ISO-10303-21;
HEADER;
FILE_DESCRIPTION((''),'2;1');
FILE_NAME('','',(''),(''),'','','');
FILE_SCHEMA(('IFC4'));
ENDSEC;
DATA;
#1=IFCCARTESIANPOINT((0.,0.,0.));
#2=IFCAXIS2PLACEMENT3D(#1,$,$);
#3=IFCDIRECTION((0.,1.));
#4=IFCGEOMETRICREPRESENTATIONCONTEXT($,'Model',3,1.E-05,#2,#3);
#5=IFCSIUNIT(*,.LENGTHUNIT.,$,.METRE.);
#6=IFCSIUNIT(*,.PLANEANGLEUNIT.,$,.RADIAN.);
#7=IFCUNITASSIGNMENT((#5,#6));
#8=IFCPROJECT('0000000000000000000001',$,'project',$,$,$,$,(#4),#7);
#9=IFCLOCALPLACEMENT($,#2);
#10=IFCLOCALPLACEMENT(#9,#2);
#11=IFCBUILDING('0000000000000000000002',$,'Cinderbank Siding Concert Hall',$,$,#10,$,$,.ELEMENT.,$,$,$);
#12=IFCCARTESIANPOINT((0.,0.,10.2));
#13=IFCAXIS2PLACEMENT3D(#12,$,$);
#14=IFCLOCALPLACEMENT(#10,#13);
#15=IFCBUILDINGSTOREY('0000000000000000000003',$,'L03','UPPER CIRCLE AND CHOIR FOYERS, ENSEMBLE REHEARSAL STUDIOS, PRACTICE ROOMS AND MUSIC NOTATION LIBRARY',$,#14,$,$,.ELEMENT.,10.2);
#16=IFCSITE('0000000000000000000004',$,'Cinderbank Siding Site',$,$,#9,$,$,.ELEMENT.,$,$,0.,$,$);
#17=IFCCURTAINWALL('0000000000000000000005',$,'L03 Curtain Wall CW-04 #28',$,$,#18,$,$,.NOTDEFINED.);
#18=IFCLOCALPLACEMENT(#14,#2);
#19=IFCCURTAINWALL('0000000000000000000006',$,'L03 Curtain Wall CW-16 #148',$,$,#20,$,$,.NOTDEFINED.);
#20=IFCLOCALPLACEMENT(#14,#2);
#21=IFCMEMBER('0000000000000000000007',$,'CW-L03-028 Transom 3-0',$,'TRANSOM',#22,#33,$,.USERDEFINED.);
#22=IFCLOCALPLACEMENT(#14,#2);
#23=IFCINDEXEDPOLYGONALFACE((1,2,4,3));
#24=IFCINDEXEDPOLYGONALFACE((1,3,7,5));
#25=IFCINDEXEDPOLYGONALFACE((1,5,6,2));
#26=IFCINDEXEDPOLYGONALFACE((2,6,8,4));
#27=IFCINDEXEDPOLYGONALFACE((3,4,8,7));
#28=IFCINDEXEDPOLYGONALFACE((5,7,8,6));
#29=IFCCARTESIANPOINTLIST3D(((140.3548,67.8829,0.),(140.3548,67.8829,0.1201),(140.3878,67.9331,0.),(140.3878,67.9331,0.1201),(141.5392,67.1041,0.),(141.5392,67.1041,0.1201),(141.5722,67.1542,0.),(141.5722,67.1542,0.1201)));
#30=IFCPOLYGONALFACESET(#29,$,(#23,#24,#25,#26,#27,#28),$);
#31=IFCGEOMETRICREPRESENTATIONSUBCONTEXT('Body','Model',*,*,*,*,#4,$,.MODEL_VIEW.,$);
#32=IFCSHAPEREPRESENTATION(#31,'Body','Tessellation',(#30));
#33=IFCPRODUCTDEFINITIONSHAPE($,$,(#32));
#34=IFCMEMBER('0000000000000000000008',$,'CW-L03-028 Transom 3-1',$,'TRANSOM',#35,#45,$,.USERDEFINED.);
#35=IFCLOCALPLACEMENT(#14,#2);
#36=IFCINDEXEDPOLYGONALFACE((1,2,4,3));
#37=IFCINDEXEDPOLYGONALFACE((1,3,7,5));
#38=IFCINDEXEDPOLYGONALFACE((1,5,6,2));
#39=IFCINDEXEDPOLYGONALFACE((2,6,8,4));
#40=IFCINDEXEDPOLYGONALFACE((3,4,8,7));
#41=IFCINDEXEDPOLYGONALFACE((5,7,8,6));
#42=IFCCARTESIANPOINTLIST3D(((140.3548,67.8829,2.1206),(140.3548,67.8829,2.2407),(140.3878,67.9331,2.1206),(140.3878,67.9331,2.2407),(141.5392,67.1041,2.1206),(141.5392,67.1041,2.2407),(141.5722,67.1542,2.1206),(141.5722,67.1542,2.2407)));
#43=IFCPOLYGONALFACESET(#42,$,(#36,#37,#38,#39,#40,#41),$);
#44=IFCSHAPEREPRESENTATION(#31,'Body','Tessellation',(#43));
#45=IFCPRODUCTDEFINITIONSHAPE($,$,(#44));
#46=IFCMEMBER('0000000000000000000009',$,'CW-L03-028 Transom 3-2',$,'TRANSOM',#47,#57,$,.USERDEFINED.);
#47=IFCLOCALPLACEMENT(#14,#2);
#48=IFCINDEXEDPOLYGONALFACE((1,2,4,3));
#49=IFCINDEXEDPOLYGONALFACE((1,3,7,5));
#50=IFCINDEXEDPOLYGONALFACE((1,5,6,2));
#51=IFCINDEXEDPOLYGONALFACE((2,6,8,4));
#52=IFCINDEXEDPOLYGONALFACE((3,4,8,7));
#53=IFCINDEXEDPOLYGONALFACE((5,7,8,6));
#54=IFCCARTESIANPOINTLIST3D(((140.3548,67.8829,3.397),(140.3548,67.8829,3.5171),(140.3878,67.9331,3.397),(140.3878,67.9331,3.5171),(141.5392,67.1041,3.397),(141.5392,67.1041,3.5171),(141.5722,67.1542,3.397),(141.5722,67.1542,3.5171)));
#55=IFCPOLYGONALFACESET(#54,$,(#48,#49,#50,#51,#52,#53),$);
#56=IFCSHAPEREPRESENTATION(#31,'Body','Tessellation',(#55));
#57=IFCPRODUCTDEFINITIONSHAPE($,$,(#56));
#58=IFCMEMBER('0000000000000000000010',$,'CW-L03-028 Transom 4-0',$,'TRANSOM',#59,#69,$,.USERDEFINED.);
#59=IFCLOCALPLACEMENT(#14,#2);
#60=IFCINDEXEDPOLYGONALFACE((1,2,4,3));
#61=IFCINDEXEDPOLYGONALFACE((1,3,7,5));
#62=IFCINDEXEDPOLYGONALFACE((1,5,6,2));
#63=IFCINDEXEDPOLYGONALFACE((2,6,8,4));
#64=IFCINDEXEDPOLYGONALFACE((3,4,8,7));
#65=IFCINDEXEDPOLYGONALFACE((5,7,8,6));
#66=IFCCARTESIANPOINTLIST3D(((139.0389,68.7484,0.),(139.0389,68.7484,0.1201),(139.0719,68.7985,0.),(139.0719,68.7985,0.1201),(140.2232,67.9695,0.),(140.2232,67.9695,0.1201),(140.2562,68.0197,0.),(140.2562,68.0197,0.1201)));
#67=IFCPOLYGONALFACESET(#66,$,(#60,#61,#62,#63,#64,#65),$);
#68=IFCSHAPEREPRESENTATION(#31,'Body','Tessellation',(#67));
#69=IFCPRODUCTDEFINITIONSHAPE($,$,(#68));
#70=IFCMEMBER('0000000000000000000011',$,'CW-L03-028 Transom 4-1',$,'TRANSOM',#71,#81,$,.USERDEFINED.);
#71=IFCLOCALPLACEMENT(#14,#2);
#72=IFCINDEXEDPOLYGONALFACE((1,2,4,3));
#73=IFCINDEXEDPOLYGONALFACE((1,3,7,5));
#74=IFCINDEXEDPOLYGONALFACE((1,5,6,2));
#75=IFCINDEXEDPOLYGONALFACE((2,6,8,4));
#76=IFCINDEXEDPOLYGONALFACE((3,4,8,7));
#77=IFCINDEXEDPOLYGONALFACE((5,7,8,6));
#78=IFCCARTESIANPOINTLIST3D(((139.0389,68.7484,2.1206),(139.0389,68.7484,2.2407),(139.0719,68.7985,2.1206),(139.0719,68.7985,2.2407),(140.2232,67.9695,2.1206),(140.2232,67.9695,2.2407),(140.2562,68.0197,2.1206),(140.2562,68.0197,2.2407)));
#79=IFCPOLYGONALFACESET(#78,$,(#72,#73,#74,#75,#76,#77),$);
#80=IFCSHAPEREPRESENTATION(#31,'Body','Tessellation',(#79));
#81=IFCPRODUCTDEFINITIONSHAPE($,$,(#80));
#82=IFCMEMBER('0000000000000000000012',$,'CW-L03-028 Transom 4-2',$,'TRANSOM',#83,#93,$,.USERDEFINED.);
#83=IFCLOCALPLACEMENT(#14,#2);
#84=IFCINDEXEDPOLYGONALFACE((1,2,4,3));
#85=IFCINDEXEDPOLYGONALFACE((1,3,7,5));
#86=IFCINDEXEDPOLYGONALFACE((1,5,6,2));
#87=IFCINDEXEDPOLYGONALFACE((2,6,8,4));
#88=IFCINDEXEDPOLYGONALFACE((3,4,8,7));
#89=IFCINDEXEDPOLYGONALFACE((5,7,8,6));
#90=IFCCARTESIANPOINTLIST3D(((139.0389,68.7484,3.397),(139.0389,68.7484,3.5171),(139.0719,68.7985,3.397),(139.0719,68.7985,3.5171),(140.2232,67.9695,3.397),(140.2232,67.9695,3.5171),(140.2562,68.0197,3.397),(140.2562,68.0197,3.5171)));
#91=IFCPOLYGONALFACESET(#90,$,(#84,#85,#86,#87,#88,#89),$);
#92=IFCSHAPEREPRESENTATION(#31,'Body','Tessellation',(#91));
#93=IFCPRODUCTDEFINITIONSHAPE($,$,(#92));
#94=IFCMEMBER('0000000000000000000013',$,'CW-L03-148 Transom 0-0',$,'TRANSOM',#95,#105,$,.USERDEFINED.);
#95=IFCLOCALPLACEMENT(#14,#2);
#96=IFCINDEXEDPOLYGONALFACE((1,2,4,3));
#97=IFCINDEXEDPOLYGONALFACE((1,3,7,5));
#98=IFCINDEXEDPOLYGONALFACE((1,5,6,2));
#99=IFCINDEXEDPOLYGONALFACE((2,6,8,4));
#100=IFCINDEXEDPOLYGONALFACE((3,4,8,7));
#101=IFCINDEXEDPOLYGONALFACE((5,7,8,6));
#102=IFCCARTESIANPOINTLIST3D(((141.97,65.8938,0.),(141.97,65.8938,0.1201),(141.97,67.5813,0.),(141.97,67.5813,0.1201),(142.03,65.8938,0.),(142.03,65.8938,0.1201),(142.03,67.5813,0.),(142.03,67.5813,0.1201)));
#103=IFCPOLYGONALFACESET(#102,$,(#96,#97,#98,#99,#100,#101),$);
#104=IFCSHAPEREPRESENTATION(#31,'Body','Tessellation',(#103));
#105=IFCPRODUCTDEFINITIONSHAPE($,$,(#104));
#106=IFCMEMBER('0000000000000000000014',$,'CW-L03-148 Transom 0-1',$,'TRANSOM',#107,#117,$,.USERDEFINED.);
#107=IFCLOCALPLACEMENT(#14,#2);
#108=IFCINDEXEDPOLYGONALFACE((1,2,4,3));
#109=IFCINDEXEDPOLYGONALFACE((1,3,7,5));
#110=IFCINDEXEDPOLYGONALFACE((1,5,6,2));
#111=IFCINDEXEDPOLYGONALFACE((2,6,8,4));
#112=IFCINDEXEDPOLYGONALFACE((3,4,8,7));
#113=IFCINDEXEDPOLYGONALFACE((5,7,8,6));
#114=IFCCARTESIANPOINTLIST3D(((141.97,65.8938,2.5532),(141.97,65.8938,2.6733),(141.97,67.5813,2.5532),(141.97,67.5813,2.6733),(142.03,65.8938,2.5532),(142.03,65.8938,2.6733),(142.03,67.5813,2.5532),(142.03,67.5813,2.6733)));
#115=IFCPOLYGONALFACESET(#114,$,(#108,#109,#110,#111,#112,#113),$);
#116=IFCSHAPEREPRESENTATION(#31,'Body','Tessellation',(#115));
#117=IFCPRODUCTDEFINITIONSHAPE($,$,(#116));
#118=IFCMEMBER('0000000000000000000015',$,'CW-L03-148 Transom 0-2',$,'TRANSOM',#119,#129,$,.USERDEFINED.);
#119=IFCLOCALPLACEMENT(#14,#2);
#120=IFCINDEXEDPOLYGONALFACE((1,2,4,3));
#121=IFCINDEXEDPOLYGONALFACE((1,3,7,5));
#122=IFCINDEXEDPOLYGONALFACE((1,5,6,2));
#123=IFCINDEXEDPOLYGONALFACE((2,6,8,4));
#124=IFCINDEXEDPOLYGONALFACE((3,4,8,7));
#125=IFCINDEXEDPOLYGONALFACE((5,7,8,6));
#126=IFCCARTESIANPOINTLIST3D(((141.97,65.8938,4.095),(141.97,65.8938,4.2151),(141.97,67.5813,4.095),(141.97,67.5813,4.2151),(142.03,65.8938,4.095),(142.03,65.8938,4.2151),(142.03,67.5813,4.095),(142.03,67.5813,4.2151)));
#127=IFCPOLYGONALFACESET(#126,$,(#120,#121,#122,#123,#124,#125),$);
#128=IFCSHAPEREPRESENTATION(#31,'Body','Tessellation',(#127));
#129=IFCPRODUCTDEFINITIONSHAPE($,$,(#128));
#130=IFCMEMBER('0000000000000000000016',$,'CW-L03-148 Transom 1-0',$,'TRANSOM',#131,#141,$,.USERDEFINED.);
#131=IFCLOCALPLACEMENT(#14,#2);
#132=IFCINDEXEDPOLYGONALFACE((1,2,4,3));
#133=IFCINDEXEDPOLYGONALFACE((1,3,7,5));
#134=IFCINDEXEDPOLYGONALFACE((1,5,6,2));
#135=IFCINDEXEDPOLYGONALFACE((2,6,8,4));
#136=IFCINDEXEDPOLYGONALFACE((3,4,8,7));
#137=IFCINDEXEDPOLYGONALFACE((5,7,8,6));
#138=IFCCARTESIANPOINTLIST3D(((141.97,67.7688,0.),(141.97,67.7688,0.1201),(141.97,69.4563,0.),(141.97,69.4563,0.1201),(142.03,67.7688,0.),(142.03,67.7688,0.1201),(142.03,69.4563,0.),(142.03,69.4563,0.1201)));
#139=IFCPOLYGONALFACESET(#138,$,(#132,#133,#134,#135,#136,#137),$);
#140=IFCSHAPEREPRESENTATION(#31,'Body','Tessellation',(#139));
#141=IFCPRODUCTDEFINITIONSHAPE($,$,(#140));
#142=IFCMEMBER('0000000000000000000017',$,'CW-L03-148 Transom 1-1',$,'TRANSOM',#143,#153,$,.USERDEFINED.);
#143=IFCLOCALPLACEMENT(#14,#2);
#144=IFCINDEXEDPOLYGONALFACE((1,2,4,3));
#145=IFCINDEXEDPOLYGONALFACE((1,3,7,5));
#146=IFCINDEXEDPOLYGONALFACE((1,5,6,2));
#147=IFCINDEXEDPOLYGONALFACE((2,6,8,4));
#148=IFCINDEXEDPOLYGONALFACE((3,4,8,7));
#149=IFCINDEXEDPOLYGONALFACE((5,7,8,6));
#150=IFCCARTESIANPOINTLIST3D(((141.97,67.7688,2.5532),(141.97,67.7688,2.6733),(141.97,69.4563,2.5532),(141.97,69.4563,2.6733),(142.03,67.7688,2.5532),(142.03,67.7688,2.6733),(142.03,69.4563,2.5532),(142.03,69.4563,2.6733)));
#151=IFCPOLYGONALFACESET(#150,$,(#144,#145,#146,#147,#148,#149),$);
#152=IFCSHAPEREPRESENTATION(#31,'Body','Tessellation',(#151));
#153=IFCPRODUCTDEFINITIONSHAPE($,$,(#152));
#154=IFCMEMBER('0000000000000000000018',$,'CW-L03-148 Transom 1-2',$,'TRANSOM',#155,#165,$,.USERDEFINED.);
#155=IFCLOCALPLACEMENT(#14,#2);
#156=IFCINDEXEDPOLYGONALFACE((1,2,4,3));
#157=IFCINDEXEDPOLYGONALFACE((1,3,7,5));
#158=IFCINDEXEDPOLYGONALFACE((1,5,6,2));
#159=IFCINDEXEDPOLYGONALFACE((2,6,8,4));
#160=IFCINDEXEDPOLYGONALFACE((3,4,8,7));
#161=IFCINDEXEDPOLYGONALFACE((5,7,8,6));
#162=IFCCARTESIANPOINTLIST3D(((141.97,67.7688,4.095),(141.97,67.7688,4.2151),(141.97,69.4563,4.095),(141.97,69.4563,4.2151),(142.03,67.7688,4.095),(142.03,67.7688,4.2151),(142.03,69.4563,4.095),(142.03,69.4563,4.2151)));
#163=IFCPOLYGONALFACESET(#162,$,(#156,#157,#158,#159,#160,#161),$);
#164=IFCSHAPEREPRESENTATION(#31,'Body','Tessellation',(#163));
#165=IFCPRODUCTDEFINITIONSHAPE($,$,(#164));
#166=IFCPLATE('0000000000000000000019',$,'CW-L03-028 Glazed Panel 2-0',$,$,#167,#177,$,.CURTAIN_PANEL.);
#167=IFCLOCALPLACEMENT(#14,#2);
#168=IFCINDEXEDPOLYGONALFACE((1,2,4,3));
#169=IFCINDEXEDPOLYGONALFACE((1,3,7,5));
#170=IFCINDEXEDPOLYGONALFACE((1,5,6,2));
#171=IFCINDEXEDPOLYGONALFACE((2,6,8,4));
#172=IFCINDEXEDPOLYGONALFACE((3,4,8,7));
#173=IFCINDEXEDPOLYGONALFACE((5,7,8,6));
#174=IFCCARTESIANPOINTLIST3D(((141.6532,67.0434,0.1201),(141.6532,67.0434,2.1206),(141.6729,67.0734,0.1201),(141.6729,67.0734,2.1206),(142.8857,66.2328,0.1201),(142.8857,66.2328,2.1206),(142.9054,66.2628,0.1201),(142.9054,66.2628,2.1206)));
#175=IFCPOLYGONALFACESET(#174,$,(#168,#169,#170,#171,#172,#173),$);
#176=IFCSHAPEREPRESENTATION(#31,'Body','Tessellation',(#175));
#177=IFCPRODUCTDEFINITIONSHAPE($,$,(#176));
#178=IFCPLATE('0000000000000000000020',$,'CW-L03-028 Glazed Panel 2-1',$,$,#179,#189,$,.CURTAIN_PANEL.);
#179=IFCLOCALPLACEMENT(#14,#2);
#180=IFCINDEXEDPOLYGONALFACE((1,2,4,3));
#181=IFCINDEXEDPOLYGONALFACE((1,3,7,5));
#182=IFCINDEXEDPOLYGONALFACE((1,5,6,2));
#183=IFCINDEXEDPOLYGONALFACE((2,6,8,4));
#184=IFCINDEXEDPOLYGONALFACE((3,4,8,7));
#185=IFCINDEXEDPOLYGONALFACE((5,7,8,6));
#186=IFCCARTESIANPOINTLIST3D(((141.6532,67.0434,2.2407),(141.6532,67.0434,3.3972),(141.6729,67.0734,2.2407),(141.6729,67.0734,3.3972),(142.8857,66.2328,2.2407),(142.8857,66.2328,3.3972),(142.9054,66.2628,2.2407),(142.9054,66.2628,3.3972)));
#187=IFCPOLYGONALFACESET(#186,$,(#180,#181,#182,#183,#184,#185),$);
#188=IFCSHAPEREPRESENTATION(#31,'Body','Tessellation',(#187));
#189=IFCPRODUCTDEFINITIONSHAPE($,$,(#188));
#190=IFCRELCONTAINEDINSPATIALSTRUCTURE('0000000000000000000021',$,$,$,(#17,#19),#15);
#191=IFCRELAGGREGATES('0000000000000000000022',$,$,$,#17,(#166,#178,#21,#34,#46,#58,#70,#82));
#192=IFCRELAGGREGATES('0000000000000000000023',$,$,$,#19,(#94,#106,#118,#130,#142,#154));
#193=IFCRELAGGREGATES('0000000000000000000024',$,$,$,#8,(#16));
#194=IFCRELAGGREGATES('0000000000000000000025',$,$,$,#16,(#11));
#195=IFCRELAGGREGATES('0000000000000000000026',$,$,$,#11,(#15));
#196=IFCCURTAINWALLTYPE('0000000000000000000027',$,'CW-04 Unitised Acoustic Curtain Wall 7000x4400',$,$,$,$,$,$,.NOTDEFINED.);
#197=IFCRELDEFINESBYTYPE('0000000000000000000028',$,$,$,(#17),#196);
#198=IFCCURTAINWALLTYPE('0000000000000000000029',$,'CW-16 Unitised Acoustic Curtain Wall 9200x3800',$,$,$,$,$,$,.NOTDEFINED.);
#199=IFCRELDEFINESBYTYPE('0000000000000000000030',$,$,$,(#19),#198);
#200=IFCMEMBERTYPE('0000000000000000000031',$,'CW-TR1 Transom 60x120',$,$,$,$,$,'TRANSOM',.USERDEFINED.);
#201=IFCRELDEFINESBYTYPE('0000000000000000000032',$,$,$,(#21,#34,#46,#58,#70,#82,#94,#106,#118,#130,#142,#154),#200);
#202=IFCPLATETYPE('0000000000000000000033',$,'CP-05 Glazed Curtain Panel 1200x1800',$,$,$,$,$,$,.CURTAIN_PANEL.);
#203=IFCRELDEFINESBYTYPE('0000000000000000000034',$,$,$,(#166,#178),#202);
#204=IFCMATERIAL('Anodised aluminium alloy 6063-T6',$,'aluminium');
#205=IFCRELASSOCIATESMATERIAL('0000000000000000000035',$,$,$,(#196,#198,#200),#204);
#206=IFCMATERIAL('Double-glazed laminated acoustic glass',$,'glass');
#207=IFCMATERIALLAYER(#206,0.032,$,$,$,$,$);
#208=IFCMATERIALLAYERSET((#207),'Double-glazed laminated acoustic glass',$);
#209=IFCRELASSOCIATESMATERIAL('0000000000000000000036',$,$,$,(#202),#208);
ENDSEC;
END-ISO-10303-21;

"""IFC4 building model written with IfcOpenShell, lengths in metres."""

from ifc_helpers import new_model, si_unit, direction, frame, origin, origin_2d, place, context, subcontext, project, spatial, rectangle, extrude, material, layer, layer_set, material_profile, profile_set, type_object, element, aggregate, save


model = new_model("IFC4")

# Units and contexts
model_context = context("Model", 3, precision=1e-05, world=origin(), true_north=direction((0.0, 1.0)))
body_context = subcontext(model_context, "Body", "Model", "MODEL_VIEW")
ifc_project = project(units=[si_unit("LENGTHUNIT", "METRE"), si_unit("PLANEANGLEUNIT", "RADIAN")], contexts=[model_context])

# Site, building, storey
site_placement = place(None, origin())
site = spatial("IfcSite", under=ifc_project, at=site_placement, Name="Cinderbank Siding Site", CompositionType="ELEMENT", RefElevation=0.0)
building_placement = place(site_placement, origin())
building = spatial("IfcBuilding", under=site, at=building_placement, Name="Cinderbank Siding Concert Hall", CompositionType="ELEMENT")
storey_placement = place(building_placement, frame((0.0, 0.0, 10.2)))
storey = spatial("IfcBuildingStorey", under=building, at=storey_placement, Name="L03", Description="UPPER CIRCLE AND CHOIR FOYERS, ENSEMBLE REHEARSAL STUDIOS, PRACTICE ROOMS AND MUSIC NOTATION LIBRARY", CompositionType="ELEMENT", Elevation=10.2)

# Curtain walls
ifc_material_1 = material(Name="Anodised aluminium alloy 6063-T6", Category="aluminium")
curtain_wall_type_1 = type_object("IfcCurtainWallType", Name="CW-04 Unitised Acoustic Curtain Wall 7000x4400", PredefinedType="NOTDEFINED", material=ifc_material_1)
curtain_wall_1_placement = place(storey_placement, origin())
curtain_wall_1 = element("IfcCurtainWall", 1, at=curtain_wall_1_placement, inside=storey, type_object=curtain_wall_type_1, Name="L03 Curtain Wall CW-04 #28", PredefinedType="NOTDEFINED")
curtain_wall_type_2 = type_object("IfcCurtainWallType", Name="CW-16 Unitised Acoustic Curtain Wall 9200x3800", PredefinedType="NOTDEFINED", material=ifc_material_1)
curtain_wall_2_placement = place(storey_placement, origin())
curtain_wall_2 = element("IfcCurtainWall", 2, at=curtain_wall_2_placement, inside=storey, type_object=curtain_wall_type_2, Name="L03 Curtain Wall CW-16 #148", PredefinedType="NOTDEFINED")

# Members
ifc_material_profile_1 = material_profile(ifc_material_1, rectangle(XDim=0.0601, YDim=0.1201, at=origin_2d()), Name="ALU-TRAN-60x120", Category="LoadBearing")
ifc_profile_set_1 = profile_set([ifc_material_profile_1], Name="Anodised aluminium alloy 6063-T6")
member_type_1 = type_object("IfcMemberType", Name="CW-TR1 Transom 60x120", ElementType="TRANSOM", PredefinedType="USERDEFINED", material=ifc_profile_set_1)
member_1_placement = place(storey_placement, frame((141.5557, 67.1292, 0.0601), z_axis=(-0.835532, 0.549443, 0.0), x_axis=(-0.549443, -0.835532, 0.0)))
member_1 = element("IfcMember", 3, at=member_1_placement, type_object=member_type_1, Name="CW-L03-028 Transom 3-0", ObjectType="TRANSOM", PredefinedType="USERDEFINED", context=body_context, shape_type="SweptSolid", body=[
    extrude(rectangle(XDim=0.0601, YDim=0.1201, at=origin_2d()), origin(), (0.0, 0.0, 1.0), 1.4175),
])
member_2_placement = place(storey_placement, frame((141.5557, 67.1292, 2.1807), z_axis=(-0.835532, 0.549443, 0.0), x_axis=(-0.549443, -0.835532, 0.0)))
member_2 = element("IfcMember", 4, at=member_2_placement, type_object=member_type_1, Name="CW-L03-028 Transom 3-1", ObjectType="TRANSOM", PredefinedType="USERDEFINED", context=body_context, shape_type="SweptSolid", body=[
    extrude(rectangle(XDim=0.0601, YDim=0.1201, at=origin_2d()), origin(), (0.0, 0.0, 1.0), 1.4175),
])
member_3_placement = place(storey_placement, frame((141.5557, 67.1292, 3.457), z_axis=(-0.835532, 0.549443, 0.0), x_axis=(-0.549443, -0.835532, 0.0)))
member_3 = element("IfcMember", 5, at=member_3_placement, type_object=member_type_1, Name="CW-L03-028 Transom 3-2", ObjectType="TRANSOM", PredefinedType="USERDEFINED", context=body_context, shape_type="SweptSolid", body=[
    extrude(rectangle(XDim=0.0601, YDim=0.1201, at=origin_2d()), origin(), (0.0, 0.0, 1.0), 1.4175),
])
member_4_placement = place(storey_placement, frame((140.2397, 67.9946, 0.0601), z_axis=(-0.835532, 0.549443, 0.0), x_axis=(-0.549443, -0.835532, 0.0)))
member_4 = element("IfcMember", 6, at=member_4_placement, type_object=member_type_1, Name="CW-L03-028 Transom 4-0", ObjectType="TRANSOM", PredefinedType="USERDEFINED", context=body_context, shape_type="SweptSolid", body=[
    extrude(rectangle(XDim=0.0601, YDim=0.1201, at=origin_2d()), origin(), (0.0, 0.0, 1.0), 1.4175),
])
member_5_placement = place(storey_placement, frame((140.2397, 67.9946, 2.1807), z_axis=(-0.835532, 0.549443, 0.0), x_axis=(-0.549443, -0.835532, 0.0)))
member_5 = element("IfcMember", 7, at=member_5_placement, type_object=member_type_1, Name="CW-L03-028 Transom 4-1", ObjectType="TRANSOM", PredefinedType="USERDEFINED", context=body_context, shape_type="SweptSolid", body=[
    extrude(rectangle(XDim=0.0601, YDim=0.1201, at=origin_2d()), origin(), (0.0, 0.0, 1.0), 1.4175),
])
member_6_placement = place(storey_placement, frame((140.2397, 67.9946, 3.457), z_axis=(-0.835532, 0.549443, 0.0), x_axis=(-0.549443, -0.835532, 0.0)))
member_6 = element("IfcMember", 8, at=member_6_placement, type_object=member_type_1, Name="CW-L03-028 Transom 4-2", ObjectType="TRANSOM", PredefinedType="USERDEFINED", context=body_context, shape_type="SweptSolid", body=[
    extrude(rectangle(XDim=0.0601, YDim=0.1201, at=origin_2d()), origin(), (0.0, 0.0, 1.0), 1.4175),
])
member_7_placement = place(storey_placement, frame((142.0, 65.8938, 0.0601), z_axis=(0.0, 1.0, 0.0), x_axis=(-1.0, 0.0, 0.0)))
member_7 = element("IfcMember", 9, at=member_7_placement, type_object=member_type_1, Name="CW-L03-148 Transom 0-0", ObjectType="TRANSOM", PredefinedType="USERDEFINED", context=body_context, shape_type="SweptSolid", body=[
    extrude(rectangle(XDim=0.0601, YDim=0.1201, at=origin_2d()), origin(), (0.0, 0.0, 1.0), 1.6875),
])
member_8_placement = place(storey_placement, frame((142.0, 65.8938, 2.6133), z_axis=(0.0, 1.0, 0.0), x_axis=(-1.0, 0.0, 0.0)))
member_8 = element("IfcMember", 10, at=member_8_placement, type_object=member_type_1, Name="CW-L03-148 Transom 0-1", ObjectType="TRANSOM", PredefinedType="USERDEFINED", context=body_context, shape_type="SweptSolid", body=[
    extrude(rectangle(XDim=0.0601, YDim=0.1201, at=origin_2d()), origin(), (0.0, 0.0, 1.0), 1.6875),
])
member_9_placement = place(storey_placement, frame((142.0, 65.8938, 4.155), z_axis=(0.0, 1.0, 0.0), x_axis=(-1.0, 0.0, 0.0)))
member_9 = element("IfcMember", 11, at=member_9_placement, type_object=member_type_1, Name="CW-L03-148 Transom 0-2", ObjectType="TRANSOM", PredefinedType="USERDEFINED", context=body_context, shape_type="SweptSolid", body=[
    extrude(rectangle(XDim=0.0601, YDim=0.1201, at=origin_2d()), origin(), (0.0, 0.0, 1.0), 1.6875),
])
member_10_placement = place(storey_placement, frame((142.0, 67.7688, 0.0601), z_axis=(0.0, 1.0, 0.0), x_axis=(-1.0, 0.0, 0.0)))
member_10 = element("IfcMember", 12, at=member_10_placement, type_object=member_type_1, Name="CW-L03-148 Transom 1-0", ObjectType="TRANSOM", PredefinedType="USERDEFINED", context=body_context, shape_type="SweptSolid", body=[
    extrude(rectangle(XDim=0.0601, YDim=0.1201, at=origin_2d()), origin(), (0.0, 0.0, 1.0), 1.6875),
])
member_11_placement = place(storey_placement, frame((142.0, 67.7688, 2.6133), z_axis=(0.0, 1.0, 0.0), x_axis=(-1.0, 0.0, 0.0)))
member_11 = element("IfcMember", 13, at=member_11_placement, type_object=member_type_1, Name="CW-L03-148 Transom 1-1", ObjectType="TRANSOM", PredefinedType="USERDEFINED", context=body_context, shape_type="SweptSolid", body=[
    extrude(rectangle(XDim=0.0601, YDim=0.1201, at=origin_2d()), origin(), (0.0, 0.0, 1.0), 1.6875),
])
member_12_placement = place(storey_placement, frame((142.0, 67.7688, 4.155), z_axis=(0.0, 1.0, 0.0), x_axis=(-1.0, 0.0, 0.0)))
member_12 = element("IfcMember", 14, at=member_12_placement, type_object=member_type_1, Name="CW-L03-148 Transom 1-2", ObjectType="TRANSOM", PredefinedType="USERDEFINED", context=body_context, shape_type="SweptSolid", body=[
    extrude(rectangle(XDim=0.0601, YDim=0.1201, at=origin_2d()), origin(), (0.0, 0.0, 1.0), 1.6875),
])

# Plates
ifc_material_2 = material(Name="Double-glazed laminated acoustic glass", Category="glass")
ifc_layer_1 = layer(ifc_material_2, 0.032)
ifc_layer_set_1 = layer_set([ifc_layer_1], Name="Double-glazed laminated acoustic glass")
plate_type = type_object("IfcPlateType", Name="CP-05 Glazed Curtain Panel 1200x1800", PredefinedType="CURTAIN_PANEL", material=ifc_layer_set_1)
plate_1_placement = place(storey_placement, frame((142.2793, 66.6531, 0.1201), z_axis=(0.0, 0.0, 1.0), x_axis=(-0.835492, 0.549503, 0.0)))
plate_1 = element("IfcPlate", 15, at=plate_1_placement, type_object=plate_type, Name="CW-L03-028 Glazed Panel 2-0", PredefinedType="CURTAIN_PANEL", context=body_context, shape_type="SweptSolid", body=[
    extrude(rectangle(XDim=1.4751, YDim=0.0359, at=origin_2d()), origin(), (0.0, 0.0, 1.0), 2.0005),
])
plate_2_placement = place(storey_placement, frame((142.2793, 66.6531, 2.2407), z_axis=(0.0, 0.0, 1.0), x_axis=(-0.835492, 0.549503, 0.0)))
plate_2 = element("IfcPlate", 16, at=plate_2_placement, type_object=plate_type, Name="CW-L03-028 Glazed Panel 2-1", PredefinedType="CURTAIN_PANEL", context=body_context, shape_type="SweptSolid", body=[
    extrude(rectangle(XDim=1.4751, YDim=0.0359, at=origin_2d()), origin(), (0.0, 0.0, 1.0), 1.1565),
])
aggregate(curtain_wall_1, [plate_1, plate_2, member_1, member_2, member_3, member_4, member_5, member_6])
aggregate(curtain_wall_2, [member_7, member_8, member_9, member_10, member_11, member_12])

save(model, "model.ifc")
